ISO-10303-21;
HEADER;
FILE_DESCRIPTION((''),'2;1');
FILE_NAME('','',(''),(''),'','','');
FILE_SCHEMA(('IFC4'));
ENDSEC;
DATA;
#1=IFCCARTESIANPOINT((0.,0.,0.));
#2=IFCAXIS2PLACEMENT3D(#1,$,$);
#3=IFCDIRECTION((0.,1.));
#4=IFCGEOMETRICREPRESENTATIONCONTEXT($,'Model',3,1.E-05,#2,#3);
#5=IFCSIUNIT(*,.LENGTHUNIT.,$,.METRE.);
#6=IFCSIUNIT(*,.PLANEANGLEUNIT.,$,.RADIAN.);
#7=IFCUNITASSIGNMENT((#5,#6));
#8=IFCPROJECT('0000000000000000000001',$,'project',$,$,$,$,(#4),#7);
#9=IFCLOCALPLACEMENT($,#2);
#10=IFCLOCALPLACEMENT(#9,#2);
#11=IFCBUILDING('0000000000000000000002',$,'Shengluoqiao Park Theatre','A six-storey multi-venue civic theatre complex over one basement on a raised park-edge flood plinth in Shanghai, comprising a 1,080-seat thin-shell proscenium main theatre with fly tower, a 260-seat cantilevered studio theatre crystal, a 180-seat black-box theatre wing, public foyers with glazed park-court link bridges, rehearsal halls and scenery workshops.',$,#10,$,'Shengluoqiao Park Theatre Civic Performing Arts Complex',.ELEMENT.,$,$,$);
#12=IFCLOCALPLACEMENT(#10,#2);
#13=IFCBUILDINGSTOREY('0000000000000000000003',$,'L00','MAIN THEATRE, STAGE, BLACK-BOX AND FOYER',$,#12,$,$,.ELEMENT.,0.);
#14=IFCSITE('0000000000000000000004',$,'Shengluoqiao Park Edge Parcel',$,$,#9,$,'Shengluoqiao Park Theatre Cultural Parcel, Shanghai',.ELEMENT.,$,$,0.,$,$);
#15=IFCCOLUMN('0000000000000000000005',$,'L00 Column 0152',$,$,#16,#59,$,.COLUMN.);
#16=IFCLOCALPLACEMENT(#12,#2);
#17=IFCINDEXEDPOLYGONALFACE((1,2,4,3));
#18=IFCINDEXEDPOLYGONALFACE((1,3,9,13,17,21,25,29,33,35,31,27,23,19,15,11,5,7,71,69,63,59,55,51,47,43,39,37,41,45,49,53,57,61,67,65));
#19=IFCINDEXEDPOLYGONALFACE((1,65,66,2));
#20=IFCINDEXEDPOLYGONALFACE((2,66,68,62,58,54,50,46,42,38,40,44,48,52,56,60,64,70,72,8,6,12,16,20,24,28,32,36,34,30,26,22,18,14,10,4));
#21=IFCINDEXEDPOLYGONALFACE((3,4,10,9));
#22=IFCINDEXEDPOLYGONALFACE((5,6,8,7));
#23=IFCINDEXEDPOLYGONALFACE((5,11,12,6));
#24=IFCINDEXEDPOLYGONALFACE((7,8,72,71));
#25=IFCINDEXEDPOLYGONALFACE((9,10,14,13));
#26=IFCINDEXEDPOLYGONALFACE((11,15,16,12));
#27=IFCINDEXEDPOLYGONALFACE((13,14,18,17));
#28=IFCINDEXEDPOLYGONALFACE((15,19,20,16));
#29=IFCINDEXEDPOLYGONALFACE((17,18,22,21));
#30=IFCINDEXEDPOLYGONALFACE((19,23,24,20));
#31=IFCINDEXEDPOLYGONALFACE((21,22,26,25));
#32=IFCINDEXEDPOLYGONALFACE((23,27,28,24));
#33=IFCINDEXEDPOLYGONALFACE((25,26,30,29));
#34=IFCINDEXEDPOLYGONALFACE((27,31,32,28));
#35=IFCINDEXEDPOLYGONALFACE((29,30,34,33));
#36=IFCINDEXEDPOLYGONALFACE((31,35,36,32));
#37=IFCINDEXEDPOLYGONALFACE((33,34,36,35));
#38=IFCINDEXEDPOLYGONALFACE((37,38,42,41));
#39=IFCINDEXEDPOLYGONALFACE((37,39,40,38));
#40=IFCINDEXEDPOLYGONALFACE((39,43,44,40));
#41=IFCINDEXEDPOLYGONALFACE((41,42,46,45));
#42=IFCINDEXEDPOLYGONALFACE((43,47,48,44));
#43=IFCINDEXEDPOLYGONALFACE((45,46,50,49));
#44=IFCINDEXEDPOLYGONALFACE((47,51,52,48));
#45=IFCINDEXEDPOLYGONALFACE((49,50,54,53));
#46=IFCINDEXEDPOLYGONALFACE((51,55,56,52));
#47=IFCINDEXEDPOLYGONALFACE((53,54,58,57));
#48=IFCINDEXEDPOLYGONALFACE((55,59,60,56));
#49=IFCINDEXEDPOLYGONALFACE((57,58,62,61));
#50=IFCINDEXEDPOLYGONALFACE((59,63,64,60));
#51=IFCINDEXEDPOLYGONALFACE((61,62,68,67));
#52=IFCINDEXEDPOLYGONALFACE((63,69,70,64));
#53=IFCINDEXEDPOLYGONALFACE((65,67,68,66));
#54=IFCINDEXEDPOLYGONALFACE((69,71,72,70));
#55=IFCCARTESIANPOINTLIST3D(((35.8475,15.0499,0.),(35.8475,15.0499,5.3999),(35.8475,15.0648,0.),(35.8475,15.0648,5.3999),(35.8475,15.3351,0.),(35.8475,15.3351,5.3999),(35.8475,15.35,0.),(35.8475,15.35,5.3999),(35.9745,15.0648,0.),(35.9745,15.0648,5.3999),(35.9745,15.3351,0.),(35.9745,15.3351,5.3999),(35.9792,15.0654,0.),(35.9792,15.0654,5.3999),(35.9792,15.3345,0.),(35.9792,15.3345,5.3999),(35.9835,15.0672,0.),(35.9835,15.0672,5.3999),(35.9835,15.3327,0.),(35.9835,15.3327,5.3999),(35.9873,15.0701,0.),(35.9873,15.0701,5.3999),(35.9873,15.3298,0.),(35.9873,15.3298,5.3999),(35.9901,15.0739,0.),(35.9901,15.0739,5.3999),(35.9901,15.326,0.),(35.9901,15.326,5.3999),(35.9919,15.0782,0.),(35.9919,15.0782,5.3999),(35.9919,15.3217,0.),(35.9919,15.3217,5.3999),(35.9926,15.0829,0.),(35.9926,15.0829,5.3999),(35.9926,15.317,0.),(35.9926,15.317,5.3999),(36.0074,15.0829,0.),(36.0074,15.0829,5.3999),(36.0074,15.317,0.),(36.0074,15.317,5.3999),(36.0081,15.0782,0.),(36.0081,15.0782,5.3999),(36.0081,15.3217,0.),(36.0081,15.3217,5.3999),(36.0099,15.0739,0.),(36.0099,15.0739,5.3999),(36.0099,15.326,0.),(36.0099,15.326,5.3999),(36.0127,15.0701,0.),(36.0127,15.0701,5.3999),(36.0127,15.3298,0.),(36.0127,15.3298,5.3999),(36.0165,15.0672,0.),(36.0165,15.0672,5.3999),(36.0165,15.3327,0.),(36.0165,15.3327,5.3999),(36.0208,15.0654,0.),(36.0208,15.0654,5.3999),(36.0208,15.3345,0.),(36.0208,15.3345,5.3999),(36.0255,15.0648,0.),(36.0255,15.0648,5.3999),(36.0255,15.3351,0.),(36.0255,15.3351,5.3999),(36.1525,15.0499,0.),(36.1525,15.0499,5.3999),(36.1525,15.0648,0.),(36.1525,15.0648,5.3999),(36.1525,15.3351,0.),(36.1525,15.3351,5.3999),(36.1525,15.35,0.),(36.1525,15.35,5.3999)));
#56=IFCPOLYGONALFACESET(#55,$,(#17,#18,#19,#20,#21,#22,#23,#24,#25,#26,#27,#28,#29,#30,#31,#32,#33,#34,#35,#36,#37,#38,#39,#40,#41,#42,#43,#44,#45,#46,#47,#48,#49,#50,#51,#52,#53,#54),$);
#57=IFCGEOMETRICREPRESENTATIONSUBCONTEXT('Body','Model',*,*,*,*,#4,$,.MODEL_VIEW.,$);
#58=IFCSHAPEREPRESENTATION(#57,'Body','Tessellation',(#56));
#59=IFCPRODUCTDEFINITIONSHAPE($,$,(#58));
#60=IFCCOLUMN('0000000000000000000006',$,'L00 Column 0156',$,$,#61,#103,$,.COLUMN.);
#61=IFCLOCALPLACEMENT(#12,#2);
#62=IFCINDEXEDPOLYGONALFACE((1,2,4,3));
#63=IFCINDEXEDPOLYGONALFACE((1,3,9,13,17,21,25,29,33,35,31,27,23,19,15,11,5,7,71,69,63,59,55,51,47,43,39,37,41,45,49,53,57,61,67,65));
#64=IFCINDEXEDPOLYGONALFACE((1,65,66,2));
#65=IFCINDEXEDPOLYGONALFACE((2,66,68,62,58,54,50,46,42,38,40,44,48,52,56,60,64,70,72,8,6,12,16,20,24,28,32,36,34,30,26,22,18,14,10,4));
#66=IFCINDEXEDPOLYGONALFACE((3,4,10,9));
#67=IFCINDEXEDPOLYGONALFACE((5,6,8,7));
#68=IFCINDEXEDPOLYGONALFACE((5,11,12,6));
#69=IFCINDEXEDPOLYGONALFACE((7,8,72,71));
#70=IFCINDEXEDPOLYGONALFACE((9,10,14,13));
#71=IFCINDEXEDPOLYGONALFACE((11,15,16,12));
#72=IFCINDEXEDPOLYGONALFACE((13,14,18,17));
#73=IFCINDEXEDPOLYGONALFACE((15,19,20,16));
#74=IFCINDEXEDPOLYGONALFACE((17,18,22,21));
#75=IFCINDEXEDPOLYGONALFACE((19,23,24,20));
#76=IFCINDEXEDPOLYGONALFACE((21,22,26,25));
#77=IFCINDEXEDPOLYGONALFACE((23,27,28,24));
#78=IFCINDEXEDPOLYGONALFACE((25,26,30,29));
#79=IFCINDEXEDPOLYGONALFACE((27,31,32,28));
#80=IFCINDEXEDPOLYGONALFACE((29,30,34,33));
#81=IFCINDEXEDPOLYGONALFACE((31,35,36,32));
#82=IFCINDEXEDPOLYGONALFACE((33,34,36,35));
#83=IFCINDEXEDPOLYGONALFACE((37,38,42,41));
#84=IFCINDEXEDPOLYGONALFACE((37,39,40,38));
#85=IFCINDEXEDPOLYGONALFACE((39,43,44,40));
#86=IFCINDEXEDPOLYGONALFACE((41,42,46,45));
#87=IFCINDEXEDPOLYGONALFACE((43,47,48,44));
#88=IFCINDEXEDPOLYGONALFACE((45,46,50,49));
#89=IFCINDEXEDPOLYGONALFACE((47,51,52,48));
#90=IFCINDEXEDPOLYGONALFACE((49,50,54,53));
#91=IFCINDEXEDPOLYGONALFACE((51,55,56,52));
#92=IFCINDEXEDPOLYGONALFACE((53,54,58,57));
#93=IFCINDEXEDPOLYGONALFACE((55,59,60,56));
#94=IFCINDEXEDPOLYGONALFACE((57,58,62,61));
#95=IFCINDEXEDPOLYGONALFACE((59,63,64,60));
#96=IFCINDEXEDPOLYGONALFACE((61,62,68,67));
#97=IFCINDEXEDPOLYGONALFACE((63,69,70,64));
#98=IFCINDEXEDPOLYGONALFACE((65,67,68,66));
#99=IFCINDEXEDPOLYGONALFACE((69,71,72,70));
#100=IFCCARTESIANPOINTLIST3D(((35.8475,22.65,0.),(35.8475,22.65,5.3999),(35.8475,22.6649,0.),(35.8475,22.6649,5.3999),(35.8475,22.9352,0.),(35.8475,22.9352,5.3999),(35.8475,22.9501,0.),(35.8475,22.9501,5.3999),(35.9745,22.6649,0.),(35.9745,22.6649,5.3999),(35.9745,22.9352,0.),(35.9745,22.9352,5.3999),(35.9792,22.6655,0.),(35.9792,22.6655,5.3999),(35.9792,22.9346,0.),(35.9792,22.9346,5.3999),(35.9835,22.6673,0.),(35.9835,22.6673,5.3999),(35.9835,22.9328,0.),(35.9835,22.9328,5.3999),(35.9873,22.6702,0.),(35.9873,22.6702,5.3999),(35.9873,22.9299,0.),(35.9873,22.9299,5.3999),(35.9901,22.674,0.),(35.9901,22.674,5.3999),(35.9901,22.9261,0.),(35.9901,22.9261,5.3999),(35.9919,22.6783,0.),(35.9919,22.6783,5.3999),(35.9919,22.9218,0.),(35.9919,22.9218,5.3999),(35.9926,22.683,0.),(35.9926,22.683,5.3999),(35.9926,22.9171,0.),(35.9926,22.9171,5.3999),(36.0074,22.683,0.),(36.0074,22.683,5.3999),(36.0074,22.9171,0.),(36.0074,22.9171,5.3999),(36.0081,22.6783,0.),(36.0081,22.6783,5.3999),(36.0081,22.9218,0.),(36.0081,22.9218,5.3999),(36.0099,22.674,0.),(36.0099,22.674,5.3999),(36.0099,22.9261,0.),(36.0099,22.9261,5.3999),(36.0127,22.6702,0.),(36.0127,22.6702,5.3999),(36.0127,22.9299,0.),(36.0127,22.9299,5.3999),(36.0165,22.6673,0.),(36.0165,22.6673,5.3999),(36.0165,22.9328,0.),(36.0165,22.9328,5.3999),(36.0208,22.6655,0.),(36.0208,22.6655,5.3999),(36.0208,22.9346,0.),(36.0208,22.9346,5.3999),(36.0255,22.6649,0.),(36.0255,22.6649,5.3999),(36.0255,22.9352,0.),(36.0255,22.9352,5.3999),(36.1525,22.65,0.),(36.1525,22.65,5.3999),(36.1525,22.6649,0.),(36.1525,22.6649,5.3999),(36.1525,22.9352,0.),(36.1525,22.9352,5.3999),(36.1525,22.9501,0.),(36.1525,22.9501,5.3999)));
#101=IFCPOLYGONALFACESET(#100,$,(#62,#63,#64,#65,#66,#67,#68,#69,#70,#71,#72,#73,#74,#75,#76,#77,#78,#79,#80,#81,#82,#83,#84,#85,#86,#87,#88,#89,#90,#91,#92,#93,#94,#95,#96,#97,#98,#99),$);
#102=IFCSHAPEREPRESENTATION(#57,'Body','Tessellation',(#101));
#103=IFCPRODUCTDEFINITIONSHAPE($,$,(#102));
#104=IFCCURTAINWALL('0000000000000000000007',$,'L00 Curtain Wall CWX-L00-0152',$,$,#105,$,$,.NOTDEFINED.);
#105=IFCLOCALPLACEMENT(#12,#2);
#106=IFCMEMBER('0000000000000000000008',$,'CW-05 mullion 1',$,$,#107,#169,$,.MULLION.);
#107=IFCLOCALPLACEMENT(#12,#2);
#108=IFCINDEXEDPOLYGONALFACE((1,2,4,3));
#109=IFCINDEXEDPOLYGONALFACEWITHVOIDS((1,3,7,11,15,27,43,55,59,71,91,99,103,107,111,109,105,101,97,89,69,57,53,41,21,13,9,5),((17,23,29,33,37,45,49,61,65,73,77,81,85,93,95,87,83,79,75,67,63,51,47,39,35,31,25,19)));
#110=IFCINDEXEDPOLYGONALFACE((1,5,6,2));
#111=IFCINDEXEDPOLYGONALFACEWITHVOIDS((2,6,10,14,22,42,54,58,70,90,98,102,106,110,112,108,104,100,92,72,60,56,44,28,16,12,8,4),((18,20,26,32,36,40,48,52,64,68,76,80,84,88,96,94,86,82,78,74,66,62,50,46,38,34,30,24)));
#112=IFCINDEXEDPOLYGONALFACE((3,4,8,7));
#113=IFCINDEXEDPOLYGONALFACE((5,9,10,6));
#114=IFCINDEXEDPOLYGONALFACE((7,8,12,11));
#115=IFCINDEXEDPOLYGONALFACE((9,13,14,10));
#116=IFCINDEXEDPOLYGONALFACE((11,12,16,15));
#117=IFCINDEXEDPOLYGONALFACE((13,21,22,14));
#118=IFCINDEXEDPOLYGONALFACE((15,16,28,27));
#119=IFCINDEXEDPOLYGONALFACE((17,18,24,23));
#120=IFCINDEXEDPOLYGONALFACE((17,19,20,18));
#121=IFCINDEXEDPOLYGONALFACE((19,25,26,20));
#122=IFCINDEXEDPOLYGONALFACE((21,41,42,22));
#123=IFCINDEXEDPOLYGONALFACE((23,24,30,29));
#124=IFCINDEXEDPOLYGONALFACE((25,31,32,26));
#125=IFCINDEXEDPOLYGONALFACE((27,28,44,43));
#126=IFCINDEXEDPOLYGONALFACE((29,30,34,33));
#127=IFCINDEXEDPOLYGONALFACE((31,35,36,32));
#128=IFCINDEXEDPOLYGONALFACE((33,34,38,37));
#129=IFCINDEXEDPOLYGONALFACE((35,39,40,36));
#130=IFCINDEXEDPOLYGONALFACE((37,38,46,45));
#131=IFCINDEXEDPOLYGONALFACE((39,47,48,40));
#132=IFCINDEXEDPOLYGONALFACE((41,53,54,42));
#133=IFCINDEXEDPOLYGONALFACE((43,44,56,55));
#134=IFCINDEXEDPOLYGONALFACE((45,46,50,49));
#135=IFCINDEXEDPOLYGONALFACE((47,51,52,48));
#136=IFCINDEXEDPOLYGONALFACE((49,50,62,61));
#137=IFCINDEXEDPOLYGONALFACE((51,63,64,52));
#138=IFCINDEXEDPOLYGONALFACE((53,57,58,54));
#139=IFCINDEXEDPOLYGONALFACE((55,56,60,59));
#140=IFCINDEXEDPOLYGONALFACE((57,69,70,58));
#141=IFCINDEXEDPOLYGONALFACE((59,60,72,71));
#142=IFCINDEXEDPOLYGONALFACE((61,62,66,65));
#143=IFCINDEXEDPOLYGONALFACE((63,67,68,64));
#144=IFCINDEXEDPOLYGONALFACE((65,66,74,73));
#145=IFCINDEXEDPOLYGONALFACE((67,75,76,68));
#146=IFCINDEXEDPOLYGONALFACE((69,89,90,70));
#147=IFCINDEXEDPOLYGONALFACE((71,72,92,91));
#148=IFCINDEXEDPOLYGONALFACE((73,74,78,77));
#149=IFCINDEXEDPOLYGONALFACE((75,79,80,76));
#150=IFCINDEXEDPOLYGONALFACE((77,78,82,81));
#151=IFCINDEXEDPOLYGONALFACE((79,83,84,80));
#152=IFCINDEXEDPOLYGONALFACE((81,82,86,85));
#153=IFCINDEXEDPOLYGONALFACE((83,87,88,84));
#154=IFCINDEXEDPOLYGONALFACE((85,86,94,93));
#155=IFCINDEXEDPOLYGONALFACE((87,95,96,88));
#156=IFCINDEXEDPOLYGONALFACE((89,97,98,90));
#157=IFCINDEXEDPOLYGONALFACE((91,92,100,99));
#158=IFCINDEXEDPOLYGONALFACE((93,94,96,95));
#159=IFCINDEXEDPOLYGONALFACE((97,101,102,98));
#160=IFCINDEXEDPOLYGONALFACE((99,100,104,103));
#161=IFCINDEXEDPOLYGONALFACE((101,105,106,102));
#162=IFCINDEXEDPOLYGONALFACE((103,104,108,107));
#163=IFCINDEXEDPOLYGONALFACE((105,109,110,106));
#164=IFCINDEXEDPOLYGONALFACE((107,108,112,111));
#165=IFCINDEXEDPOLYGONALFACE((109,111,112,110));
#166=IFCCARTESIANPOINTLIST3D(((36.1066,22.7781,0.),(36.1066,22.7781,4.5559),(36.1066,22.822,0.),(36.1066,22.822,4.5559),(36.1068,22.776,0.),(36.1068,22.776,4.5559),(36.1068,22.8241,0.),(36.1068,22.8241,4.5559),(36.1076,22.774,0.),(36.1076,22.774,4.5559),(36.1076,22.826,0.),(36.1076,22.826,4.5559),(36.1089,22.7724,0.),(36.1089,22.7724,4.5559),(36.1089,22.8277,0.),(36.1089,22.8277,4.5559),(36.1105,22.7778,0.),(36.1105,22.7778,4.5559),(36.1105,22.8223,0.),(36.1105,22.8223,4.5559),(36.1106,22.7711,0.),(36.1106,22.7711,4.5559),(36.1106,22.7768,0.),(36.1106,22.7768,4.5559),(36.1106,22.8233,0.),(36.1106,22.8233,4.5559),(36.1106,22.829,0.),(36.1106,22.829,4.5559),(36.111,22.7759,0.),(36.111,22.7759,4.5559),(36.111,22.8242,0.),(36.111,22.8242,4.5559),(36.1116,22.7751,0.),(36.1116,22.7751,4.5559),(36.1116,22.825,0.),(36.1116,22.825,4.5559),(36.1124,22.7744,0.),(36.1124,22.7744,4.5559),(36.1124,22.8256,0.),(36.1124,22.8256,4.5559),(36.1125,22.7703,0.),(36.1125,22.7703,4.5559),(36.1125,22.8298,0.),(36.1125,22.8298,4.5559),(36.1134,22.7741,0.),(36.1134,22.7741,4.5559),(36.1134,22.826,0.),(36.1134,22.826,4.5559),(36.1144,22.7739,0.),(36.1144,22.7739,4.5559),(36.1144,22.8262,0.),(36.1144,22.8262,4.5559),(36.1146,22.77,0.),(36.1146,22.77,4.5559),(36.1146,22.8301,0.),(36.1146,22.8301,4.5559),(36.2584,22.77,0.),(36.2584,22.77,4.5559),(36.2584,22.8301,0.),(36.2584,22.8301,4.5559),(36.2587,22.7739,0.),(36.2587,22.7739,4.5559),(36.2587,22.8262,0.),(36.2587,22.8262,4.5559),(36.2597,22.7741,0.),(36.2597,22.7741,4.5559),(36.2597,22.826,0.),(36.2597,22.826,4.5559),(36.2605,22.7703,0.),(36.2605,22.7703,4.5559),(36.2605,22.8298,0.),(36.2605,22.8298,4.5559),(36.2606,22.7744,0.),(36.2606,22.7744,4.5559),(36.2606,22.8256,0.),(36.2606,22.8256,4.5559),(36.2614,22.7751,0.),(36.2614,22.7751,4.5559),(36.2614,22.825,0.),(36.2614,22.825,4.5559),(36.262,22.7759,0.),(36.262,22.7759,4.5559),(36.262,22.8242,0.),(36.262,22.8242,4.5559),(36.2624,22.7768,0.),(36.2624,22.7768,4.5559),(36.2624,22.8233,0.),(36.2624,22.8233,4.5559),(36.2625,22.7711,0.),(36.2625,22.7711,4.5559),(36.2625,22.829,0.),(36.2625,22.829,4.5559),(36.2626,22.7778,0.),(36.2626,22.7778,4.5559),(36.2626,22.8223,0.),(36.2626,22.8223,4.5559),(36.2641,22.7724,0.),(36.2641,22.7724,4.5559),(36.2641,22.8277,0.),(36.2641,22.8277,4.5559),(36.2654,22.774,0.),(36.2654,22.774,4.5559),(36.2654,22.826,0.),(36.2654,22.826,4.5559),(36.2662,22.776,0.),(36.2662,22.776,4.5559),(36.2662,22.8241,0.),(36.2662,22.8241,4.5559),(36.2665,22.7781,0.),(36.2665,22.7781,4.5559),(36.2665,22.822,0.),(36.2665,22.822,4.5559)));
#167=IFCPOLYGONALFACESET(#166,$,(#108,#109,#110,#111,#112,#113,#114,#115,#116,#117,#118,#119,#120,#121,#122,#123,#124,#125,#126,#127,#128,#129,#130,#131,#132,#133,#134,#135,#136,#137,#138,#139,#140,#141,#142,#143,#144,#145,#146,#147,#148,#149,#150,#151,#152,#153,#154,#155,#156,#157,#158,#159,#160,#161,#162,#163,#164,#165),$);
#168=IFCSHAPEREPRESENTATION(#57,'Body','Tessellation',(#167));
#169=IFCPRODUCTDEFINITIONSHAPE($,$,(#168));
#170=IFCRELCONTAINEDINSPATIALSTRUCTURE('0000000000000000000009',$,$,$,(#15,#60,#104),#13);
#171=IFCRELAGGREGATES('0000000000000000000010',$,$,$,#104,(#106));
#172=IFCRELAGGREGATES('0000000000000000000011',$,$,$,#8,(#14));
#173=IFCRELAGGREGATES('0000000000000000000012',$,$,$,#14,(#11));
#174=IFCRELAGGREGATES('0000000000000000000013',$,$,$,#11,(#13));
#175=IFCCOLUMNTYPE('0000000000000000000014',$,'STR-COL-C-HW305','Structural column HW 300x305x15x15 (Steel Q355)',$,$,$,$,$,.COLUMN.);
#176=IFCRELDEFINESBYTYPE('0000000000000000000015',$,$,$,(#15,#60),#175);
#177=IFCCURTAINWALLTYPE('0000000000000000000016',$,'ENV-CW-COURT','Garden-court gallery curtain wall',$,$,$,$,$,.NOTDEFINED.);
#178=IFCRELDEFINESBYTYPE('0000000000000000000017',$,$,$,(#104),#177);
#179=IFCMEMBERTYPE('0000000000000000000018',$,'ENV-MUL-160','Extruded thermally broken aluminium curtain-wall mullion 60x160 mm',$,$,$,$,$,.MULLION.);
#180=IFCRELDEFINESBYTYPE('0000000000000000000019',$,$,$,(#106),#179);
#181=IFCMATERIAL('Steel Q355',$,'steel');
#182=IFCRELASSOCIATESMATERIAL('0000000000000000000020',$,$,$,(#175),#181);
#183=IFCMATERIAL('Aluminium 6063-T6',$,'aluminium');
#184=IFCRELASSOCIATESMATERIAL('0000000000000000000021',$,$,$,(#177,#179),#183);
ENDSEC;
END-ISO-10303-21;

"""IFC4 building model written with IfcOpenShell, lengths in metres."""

from ifc_helpers import new_model, si_unit, direction, frame, origin, origin_2d, place, context, subcontext, project, spatial, hollow_rectangle, i_section, extrude, material, material_profile, profile_set, type_object, element, aggregate, save


model = new_model("IFC4")

# Units and contexts
model_context = context("Model", 3, precision=1e-05, world=origin(), true_north=direction((0.0, 1.0)))
body_context = subcontext(model_context, "Body", "Model", "MODEL_VIEW")
ifc_project = project(units=[si_unit("LENGTHUNIT", "METRE"), si_unit("PLANEANGLEUNIT", "RADIAN")], contexts=[model_context])

# Site, building, storey
site_placement = place(None, origin())
site = spatial("IfcSite", under=ifc_project, at=site_placement, Name="Shengluoqiao Park Edge Parcel", LongName="Shengluoqiao Park Theatre Cultural Parcel, Shanghai", CompositionType="ELEMENT", RefElevation=0.0)
building_placement = place(site_placement, origin())
building = spatial("IfcBuilding", under=site, at=building_placement, Name="Shengluoqiao Park Theatre", Description="A six-storey multi-venue civic theatre complex over one basement on a raised park-edge flood plinth in Shanghai, comprising a 1,080-seat thin-shell proscenium main theatre with fly tower, a 260-seat cantilevered studio theatre crystal, a 180-seat black-box theatre wing, public foyers with glazed park-court link bridges, rehearsal halls and scenery workshops.", LongName="Shengluoqiao Park Theatre Civic Performing Arts Complex", CompositionType="ELEMENT")
storey_placement = place(building_placement, origin())
storey = spatial("IfcBuildingStorey", under=building, at=storey_placement, Name="L00", Description="MAIN THEATRE, STAGE, BLACK-BOX AND FOYER", CompositionType="ELEMENT", Elevation=0.0)

# Columns
ifc_material_1 = material(Name="Steel Q355", Category="steel")
ifc_material_profile_1 = material_profile(ifc_material_1, i_section(OverallWidth=0.3049, OverallDepth=0.3, WebThickness=0.0149, FlangeThickness=0.0149, FilletRadius=0.0181, at=origin_2d()), Name="HW 300x305x15x15")
ifc_profile_set_1 = profile_set([ifc_material_profile_1], Name="Steel Q355")
column_type = type_object("IfcColumnType", Name="STR-COL-C-HW305", Description="Structural column HW 300x305x15x15 (Steel Q355)", PredefinedType="COLUMN", material=ifc_profile_set_1)
for number, where, z_axis, x_axis, name in (
    (1, (36.0, 15.2, 0.0), (0.0, 0.0, 1.0), (1.0, 0.0, 0.0), "L00 Column 0152"),
    (2, (36.0, 22.8, 0.0), (0.0, 0.0, 1.0), (1.0, 0.0, 0.0), "L00 Column 0156"),
):
    element("IfcColumn", number, at=place(storey_placement, frame(where, z_axis=z_axis, x_axis=x_axis)), inside=storey, type_object=column_type, Name=name, PredefinedType="COLUMN", context=body_context, shape_type="SweptSolid", body=[
        extrude(i_section(OverallWidth=0.3049, OverallDepth=0.3, WebThickness=0.0149, FlangeThickness=0.0149, FilletRadius=0.0181, at=origin_2d()), origin(), (0.0, 0.0, 1.0), 5.3999),
    ])

# Curtain wall, member
ifc_material_2 = material(Name="Aluminium 6063-T6", Category="aluminium")
curtain_wall_type = type_object("IfcCurtainWallType", Name="ENV-CW-COURT", Description="Garden-court gallery curtain wall", PredefinedType="NOTDEFINED", material=ifc_material_2)
curtain_wall_1_placement = place(storey_placement, origin())
curtain_wall_1 = element("IfcCurtainWall", 3, at=curtain_wall_1_placement, inside=storey, type_object=curtain_wall_type, Name="L00 Curtain Wall CWX-L00-0152", PredefinedType="NOTDEFINED")
ifc_material_profile_2 = material_profile(ifc_material_2, hollow_rectangle(XDim=0.0601, YDim=0.1599, WallThickness=0.0039, InnerFilletRadius=0.0039, OuterFilletRadius=0.0081, at=origin_2d()), Name="ALU MULLION 160x60x4")
ifc_profile_set_2 = profile_set([ifc_material_profile_2], Name="Aluminium 6063-T6")
member_type_1 = type_object("IfcMemberType", Name="ENV-MUL-160", Description="Extruded thermally broken aluminium curtain-wall mullion 60x160 mm", PredefinedType="MULLION", material=ifc_profile_set_2)
member_1_placement = place(storey_placement, frame((36.1865, 22.8, 0.0), z_axis=(0.0, 0.0, 1.0), x_axis=(0.0, 1.0, 0.0)))
member_1 = element("IfcMember", 4, at=member_1_placement, type_object=member_type_1, Name="CW-05 mullion 1", PredefinedType="MULLION", context=body_context, shape_type="SweptSolid", body=[
    extrude(hollow_rectangle(XDim=0.0601, YDim=0.1599, WallThickness=0.0039, InnerFilletRadius=0.0039, OuterFilletRadius=0.0081, at=origin_2d()), origin(), (0.0, 0.0, 1.0), 4.5559),
])

aggregate(curtain_wall_1, [member_1])

save(model, "model.ifc")
